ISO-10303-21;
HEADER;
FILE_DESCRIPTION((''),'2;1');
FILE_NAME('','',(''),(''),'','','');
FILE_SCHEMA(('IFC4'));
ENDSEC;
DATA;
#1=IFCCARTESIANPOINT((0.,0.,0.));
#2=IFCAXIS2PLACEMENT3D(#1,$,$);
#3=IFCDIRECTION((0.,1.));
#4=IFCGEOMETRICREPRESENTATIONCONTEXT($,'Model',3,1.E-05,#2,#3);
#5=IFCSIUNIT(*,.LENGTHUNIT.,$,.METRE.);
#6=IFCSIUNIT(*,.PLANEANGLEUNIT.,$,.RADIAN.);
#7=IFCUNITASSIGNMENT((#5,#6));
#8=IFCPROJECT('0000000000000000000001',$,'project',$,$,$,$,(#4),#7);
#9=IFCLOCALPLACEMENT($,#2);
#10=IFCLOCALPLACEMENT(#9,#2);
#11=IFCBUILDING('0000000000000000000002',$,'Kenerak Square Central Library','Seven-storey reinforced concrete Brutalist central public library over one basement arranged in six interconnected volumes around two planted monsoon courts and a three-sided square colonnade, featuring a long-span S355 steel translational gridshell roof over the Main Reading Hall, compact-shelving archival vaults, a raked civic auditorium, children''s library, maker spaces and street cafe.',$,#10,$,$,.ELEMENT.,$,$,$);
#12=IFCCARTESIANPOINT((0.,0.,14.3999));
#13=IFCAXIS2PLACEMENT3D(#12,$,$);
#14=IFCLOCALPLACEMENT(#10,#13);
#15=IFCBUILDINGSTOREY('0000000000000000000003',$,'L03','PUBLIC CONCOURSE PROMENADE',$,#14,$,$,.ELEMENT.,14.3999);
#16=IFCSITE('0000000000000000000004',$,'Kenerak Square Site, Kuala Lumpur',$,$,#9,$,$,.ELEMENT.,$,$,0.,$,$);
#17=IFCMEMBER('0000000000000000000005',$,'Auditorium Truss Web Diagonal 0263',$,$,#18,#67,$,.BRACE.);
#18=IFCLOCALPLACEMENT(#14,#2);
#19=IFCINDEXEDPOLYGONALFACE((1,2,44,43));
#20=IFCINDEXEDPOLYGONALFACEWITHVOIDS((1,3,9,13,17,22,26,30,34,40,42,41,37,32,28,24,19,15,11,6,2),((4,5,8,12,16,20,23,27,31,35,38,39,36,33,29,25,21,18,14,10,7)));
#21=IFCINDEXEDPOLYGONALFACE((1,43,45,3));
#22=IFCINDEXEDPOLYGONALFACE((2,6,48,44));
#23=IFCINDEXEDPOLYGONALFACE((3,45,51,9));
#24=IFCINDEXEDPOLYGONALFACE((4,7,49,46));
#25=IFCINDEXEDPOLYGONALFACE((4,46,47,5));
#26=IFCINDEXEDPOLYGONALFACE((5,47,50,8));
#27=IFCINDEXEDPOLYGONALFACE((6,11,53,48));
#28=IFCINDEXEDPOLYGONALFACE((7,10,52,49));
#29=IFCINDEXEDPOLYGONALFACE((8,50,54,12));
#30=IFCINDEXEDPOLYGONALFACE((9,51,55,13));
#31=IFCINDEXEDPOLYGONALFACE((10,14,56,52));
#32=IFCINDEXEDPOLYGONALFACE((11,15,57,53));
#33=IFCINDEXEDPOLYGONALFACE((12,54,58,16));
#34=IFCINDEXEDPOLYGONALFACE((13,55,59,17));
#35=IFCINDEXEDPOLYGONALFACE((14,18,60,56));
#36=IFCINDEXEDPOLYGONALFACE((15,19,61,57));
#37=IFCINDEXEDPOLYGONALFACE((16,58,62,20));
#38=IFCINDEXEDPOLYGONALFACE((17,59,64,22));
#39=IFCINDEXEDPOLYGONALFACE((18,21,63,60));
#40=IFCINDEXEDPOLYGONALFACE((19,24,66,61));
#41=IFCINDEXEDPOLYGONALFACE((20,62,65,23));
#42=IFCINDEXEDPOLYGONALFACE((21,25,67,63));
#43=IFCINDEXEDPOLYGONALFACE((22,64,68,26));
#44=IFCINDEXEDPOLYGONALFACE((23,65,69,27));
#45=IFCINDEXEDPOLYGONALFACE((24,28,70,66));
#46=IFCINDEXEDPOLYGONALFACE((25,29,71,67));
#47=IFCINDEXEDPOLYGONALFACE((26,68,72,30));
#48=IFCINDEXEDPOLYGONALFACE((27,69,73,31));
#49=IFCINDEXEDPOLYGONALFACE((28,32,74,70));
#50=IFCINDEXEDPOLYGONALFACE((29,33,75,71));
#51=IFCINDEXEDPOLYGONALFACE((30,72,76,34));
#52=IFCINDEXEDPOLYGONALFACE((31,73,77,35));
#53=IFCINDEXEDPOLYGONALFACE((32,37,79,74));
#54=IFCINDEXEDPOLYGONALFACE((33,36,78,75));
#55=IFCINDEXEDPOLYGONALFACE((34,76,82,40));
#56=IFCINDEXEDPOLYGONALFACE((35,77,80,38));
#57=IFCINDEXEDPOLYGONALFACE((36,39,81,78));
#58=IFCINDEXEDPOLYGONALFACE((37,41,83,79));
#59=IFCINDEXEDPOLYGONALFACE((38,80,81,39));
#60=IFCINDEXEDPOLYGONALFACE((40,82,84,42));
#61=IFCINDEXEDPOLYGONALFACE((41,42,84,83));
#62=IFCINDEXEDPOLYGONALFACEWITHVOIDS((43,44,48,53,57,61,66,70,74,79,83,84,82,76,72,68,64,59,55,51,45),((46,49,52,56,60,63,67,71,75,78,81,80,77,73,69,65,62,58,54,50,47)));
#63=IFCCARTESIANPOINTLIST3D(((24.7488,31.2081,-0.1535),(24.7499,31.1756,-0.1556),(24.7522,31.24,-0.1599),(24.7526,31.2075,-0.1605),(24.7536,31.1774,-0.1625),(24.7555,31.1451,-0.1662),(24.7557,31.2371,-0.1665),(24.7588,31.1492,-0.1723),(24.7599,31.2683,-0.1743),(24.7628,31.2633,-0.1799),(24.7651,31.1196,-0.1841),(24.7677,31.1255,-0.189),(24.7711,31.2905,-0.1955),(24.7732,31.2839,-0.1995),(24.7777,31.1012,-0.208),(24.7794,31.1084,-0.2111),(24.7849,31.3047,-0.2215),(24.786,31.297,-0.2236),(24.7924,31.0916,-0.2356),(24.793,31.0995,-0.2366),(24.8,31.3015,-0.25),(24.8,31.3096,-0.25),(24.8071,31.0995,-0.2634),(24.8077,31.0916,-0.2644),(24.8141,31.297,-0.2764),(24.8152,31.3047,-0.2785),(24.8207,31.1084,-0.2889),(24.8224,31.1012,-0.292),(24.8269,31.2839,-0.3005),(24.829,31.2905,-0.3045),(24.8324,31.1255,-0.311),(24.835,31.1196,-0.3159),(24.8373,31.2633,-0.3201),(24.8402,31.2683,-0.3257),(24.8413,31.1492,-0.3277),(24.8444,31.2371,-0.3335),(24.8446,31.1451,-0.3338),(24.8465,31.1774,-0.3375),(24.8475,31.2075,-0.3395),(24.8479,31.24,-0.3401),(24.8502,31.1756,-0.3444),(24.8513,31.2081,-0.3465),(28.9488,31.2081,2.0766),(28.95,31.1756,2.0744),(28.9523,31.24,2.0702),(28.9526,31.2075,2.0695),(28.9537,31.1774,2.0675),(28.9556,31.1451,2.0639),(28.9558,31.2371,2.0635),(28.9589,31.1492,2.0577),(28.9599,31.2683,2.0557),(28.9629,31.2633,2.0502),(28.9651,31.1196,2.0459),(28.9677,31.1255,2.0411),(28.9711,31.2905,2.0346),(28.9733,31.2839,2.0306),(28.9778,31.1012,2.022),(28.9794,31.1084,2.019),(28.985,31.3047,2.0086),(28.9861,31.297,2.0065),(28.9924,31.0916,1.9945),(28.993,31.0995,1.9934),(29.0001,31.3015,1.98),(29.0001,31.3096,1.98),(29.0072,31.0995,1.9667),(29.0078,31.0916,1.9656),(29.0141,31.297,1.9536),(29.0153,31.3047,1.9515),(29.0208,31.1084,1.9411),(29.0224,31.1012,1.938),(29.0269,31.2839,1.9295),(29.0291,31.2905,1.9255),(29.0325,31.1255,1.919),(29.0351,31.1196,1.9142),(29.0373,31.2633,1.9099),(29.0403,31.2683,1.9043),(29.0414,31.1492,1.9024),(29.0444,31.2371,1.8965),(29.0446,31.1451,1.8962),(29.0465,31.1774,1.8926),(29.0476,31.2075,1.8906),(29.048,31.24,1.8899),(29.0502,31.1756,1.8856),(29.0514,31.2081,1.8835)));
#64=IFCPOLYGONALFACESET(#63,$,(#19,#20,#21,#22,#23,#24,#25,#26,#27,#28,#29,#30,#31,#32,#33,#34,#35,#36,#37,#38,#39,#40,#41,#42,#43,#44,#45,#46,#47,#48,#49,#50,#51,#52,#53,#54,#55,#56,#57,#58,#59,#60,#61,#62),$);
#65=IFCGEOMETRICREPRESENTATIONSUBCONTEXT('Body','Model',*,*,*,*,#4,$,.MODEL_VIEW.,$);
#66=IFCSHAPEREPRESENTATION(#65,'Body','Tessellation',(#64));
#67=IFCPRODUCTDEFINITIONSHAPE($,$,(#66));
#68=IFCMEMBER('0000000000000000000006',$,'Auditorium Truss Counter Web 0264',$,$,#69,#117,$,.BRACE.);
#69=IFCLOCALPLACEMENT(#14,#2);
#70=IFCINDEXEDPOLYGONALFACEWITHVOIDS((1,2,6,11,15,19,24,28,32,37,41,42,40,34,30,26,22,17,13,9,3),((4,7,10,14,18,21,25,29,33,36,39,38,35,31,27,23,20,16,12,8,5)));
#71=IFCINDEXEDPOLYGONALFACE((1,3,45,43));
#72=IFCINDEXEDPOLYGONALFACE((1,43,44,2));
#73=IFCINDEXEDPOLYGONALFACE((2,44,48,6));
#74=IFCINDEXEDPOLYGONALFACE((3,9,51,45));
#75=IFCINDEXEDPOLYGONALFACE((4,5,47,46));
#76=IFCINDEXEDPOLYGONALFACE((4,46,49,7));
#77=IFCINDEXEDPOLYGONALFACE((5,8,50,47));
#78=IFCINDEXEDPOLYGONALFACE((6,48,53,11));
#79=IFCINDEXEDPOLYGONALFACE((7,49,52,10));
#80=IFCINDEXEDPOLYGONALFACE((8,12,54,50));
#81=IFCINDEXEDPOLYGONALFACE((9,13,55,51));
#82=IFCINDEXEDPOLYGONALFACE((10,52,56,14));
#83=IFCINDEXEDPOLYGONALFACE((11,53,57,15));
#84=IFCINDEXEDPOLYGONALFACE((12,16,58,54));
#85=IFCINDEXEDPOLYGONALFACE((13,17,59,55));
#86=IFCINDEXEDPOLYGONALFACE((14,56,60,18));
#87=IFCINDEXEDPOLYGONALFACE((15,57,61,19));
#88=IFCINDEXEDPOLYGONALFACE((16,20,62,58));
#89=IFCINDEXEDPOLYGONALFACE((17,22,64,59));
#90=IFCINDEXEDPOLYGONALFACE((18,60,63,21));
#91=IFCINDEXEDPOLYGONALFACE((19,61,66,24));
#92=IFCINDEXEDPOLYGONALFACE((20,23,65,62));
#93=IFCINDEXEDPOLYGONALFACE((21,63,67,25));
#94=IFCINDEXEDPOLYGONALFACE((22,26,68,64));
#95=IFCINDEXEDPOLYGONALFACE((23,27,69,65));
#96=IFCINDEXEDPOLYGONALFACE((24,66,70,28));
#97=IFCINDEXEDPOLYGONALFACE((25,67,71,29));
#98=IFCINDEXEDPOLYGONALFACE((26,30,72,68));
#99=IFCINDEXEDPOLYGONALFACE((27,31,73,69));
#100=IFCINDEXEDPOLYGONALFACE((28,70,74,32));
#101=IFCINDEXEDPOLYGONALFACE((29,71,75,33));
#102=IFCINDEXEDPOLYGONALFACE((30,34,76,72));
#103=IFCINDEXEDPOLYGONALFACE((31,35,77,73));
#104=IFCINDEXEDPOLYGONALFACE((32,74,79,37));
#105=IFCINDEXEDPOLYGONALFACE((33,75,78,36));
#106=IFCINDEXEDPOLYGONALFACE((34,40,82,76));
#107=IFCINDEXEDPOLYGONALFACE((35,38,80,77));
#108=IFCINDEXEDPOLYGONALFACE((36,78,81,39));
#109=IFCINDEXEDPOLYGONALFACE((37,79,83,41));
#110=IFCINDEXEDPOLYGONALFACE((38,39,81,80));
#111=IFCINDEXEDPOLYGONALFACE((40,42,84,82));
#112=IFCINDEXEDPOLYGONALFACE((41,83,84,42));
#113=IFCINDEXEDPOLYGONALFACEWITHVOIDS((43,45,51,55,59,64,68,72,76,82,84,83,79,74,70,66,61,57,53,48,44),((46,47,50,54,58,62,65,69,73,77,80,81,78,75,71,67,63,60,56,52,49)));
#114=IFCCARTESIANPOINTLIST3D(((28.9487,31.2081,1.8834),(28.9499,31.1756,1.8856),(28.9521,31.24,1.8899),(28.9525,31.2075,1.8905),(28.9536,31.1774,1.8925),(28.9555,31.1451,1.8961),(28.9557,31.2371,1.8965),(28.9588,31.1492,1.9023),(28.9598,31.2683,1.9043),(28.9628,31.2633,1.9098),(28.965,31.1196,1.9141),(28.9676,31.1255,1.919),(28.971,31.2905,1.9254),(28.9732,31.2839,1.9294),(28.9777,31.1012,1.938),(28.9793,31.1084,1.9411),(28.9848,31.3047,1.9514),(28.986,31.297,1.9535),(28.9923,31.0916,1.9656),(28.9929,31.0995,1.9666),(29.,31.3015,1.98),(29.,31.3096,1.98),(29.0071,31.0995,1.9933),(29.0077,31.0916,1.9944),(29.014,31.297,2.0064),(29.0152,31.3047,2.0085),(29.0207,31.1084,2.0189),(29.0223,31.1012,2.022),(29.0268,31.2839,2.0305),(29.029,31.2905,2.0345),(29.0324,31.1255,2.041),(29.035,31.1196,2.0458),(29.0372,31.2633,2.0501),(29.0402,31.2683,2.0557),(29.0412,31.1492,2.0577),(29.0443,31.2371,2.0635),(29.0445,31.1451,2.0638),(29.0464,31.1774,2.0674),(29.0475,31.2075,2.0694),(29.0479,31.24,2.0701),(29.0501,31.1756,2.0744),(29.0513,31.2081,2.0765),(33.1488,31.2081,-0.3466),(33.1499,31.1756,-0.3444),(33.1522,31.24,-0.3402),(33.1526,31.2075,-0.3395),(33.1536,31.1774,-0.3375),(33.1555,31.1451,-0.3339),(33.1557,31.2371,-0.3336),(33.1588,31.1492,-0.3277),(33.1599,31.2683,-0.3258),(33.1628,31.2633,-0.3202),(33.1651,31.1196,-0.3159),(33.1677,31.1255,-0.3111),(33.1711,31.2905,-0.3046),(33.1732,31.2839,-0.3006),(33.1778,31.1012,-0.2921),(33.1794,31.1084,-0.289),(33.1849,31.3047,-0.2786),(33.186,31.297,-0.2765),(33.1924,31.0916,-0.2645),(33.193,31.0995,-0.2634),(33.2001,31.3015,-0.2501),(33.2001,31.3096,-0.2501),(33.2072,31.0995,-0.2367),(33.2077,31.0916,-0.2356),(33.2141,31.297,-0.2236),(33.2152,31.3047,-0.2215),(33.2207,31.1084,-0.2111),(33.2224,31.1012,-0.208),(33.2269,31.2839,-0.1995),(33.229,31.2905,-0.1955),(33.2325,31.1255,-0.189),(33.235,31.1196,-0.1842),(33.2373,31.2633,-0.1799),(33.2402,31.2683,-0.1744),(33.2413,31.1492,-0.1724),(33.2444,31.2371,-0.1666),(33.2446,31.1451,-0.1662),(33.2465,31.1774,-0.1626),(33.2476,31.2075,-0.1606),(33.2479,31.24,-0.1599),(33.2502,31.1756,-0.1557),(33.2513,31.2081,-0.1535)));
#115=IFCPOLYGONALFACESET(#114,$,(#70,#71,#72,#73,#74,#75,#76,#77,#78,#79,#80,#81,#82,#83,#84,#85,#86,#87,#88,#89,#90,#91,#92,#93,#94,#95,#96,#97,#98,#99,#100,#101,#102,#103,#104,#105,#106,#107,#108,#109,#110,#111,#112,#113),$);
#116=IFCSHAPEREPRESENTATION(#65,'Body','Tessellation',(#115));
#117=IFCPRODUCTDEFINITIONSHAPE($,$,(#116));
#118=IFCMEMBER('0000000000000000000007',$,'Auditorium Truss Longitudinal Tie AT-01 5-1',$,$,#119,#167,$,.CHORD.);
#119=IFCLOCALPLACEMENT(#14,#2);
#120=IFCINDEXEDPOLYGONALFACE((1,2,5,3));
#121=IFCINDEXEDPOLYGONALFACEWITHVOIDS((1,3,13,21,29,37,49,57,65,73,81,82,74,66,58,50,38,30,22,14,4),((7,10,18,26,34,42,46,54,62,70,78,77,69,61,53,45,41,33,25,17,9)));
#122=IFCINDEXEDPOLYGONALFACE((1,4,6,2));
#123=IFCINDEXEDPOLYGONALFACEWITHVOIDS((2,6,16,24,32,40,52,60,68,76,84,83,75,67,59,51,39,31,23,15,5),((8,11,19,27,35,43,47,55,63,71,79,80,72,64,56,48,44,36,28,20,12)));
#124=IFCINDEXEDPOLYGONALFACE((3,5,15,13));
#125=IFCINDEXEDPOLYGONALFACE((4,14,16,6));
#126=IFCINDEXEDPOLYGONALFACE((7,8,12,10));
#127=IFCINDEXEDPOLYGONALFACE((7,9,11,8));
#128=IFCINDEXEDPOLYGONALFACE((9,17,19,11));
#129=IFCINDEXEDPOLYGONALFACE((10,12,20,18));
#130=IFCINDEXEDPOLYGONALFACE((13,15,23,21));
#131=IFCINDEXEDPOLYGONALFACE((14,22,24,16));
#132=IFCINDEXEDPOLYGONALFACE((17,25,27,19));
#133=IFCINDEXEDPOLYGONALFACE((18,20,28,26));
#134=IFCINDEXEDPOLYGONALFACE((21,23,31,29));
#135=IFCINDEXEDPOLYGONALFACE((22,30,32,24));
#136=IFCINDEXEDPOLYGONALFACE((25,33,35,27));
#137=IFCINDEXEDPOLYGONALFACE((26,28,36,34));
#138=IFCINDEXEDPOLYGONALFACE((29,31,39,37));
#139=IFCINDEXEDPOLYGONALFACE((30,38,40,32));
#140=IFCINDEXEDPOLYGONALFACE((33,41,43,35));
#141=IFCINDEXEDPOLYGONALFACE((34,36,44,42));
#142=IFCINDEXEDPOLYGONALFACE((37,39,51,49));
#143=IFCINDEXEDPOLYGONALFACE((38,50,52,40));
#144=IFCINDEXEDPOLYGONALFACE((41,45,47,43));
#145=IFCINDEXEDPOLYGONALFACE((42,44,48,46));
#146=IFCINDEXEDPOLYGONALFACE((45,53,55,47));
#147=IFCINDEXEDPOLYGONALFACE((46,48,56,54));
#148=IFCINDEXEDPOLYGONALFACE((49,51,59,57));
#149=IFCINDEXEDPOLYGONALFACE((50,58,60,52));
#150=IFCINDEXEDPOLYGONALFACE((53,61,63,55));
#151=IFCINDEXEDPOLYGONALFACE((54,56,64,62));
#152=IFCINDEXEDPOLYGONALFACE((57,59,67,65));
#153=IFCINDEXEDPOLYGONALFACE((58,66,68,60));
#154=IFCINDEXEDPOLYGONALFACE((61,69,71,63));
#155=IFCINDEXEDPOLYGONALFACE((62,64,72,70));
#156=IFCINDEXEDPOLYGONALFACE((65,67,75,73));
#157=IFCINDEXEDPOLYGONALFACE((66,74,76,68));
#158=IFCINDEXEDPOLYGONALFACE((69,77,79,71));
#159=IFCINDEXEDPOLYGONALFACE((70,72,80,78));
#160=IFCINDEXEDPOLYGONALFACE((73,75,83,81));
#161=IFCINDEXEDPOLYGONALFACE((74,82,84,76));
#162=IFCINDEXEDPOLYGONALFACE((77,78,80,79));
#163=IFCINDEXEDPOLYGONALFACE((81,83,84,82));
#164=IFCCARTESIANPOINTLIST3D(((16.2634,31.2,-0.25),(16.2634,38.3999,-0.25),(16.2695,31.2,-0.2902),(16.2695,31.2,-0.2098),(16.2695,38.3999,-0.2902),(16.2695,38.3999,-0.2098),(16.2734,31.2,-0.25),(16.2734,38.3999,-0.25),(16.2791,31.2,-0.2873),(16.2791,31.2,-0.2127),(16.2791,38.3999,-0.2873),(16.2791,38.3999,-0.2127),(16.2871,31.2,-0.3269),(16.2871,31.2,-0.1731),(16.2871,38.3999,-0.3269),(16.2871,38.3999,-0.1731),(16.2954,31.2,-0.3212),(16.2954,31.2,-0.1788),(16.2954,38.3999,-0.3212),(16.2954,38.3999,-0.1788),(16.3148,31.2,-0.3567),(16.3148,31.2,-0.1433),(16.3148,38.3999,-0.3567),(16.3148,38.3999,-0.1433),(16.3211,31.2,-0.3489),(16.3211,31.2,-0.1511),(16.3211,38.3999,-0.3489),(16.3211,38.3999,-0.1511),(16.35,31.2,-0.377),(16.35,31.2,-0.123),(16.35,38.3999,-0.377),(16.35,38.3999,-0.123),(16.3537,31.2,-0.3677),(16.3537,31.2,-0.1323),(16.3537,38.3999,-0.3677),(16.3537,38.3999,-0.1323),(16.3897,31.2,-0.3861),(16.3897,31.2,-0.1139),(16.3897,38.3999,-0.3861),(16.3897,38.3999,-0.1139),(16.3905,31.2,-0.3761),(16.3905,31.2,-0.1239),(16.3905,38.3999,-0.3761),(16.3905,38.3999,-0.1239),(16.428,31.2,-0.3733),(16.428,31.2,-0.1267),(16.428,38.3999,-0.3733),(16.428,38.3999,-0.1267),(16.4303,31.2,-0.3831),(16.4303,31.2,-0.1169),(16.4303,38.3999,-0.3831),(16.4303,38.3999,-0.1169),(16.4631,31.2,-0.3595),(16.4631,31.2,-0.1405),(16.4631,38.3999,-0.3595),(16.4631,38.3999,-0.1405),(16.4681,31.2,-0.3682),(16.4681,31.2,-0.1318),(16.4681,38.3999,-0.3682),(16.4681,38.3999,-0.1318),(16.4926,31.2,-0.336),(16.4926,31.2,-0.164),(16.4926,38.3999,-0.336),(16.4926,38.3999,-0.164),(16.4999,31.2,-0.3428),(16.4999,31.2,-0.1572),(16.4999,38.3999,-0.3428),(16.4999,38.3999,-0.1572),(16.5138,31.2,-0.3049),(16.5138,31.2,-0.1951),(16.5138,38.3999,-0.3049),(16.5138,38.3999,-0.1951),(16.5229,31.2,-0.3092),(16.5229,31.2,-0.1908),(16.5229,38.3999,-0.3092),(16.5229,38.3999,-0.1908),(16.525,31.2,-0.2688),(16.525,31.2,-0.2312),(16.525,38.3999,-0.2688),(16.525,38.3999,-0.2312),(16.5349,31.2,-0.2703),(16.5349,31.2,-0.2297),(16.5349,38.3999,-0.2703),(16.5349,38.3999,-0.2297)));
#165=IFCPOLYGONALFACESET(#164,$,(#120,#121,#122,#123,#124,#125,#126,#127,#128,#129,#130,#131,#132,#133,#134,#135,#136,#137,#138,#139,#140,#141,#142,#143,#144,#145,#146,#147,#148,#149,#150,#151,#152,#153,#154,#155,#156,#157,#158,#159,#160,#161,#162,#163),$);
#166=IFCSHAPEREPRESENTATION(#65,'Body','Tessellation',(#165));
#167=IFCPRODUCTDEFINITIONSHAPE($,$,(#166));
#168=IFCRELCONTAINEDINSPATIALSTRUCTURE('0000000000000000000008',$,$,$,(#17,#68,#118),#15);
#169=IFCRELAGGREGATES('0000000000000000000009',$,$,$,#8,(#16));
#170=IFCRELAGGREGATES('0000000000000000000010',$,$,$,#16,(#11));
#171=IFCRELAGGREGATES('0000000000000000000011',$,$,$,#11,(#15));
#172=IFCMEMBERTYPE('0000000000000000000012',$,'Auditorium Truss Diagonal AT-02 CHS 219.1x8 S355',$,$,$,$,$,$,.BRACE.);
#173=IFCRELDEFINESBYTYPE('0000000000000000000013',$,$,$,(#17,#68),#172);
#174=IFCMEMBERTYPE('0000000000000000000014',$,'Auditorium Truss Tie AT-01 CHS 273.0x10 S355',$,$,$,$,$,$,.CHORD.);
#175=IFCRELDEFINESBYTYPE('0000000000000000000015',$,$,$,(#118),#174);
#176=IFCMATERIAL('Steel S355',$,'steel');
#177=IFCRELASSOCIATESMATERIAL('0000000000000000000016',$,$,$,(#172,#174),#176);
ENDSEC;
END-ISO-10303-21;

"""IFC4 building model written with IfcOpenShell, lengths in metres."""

from ifc_helpers import new_model, si_unit, direction, frame, origin, origin_2d, place, context, subcontext, project, spatial, hollow_circle, extrude, material, material_profile, profile_set, type_object, element, save


model = new_model("IFC4")

# Units and contexts
model_context = context("Model", 3, precision=1e-05, world=origin(), true_north=direction((0.0, 1.0)))
body_context = subcontext(model_context, "Body", "Model", "MODEL_VIEW")
ifc_project = project(units=[si_unit("LENGTHUNIT", "METRE"), si_unit("PLANEANGLEUNIT", "RADIAN")], contexts=[model_context])

# Site, building, storey
site_placement = place(None, origin())
site = spatial("IfcSite", under=ifc_project, at=site_placement, Name="Kenerak Square Site, Kuala Lumpur", CompositionType="ELEMENT", RefElevation=0.0)
building_placement = place(site_placement, origin())
building = spatial("IfcBuilding", under=site, at=building_placement, Name="Kenerak Square Central Library", Description="Seven-storey reinforced concrete Brutalist central public library over one basement arranged in six interconnected volumes around two planted monsoon courts and a three-sided square colonnade, featuring a long-span S355 steel translational gridshell roof over the Main Reading Hall, compact-shelving archival vaults, a raked civic auditorium, children's library, maker spaces and street cafe.", CompositionType="ELEMENT")
storey_placement = place(building_placement, frame((0.0, 0.0, 14.3999)))
storey = spatial("IfcBuildingStorey", under=building, at=storey_placement, Name="L03", Description="PUBLIC CONCOURSE PROMENADE", CompositionType="ELEMENT", Elevation=14.3999)

# Shared definitions
ifc_material_1 = material(Name="Steel S355", Category="steel")

# Members
ifc_material_profile_1 = material_profile(ifc_material_1, hollow_circle(Radius=0.1096, WallThickness=0.0081, at=origin_2d()), Name="CHS 219.1x8.0")
ifc_profile_set_1 = profile_set([ifc_material_profile_1], Name="Steel S355")
member_type_1 = type_object("IfcMemberType", Name="Auditorium Truss Diagonal AT-02 CHS 219.1x8 S355", PredefinedType="BRACE", material=ifc_profile_set_1)
for number, where, z_axis, x_axis, name in (
    (1, (24.8, 31.2, -0.25), (0.883224, 0.0, 0.468951), (0.0, 1.0, 0.0), "Auditorium Truss Web Diagonal 0263"),
    (2, (29.0, 31.2, 1.98), (0.883224, 0.0, -0.468951), (0.0, 1.0, 0.0), "Auditorium Truss Counter Web 0264"),
):
    element("IfcMember", number, at=place(storey_placement, frame(where, z_axis=z_axis, x_axis=x_axis)), inside=storey, type_object=member_type_1, Name=name, PredefinedType="BRACE", context=body_context, shape_type="SweptSolid", body=[
        extrude(hollow_circle(Radius=0.1096, WallThickness=0.0081, at=origin_2d()), origin(), (0.0, 0.0, 1.0), 4.7554),
    ])
ifc_material_profile_2 = material_profile(ifc_material_1, hollow_circle(Radius=0.1365, WallThickness=0.01, at=origin_2d()), Name="CHS 273.0x10.0")
ifc_profile_set_2 = profile_set([ifc_material_profile_2], Name="Steel S355")
member_type_2 = type_object("IfcMemberType", Name="Auditorium Truss Tie AT-01 CHS 273.0x10 S355", PredefinedType="CHORD", material=ifc_profile_set_2)
for number, where, z_axis, x_axis, name in (
    (3, (16.3999, 31.2, -0.25), (0.0, 1.0, 0.0), (-1.0, 0.0, 0.0), "Auditorium Truss Longitudinal Tie AT-01 5-1"),
):
    element("IfcMember", number, at=place(storey_placement, frame(where, z_axis=z_axis, x_axis=x_axis)), inside=storey, type_object=member_type_2, Name=name, PredefinedType="CHORD", context=body_context, shape_type="SweptSolid", body=[
        extrude(hollow_circle(Radius=0.1365, WallThickness=0.01, at=origin_2d()), origin(), (0.0, 0.0, 1.0), 7.2),
    ])

save(model, "model.ifc")
